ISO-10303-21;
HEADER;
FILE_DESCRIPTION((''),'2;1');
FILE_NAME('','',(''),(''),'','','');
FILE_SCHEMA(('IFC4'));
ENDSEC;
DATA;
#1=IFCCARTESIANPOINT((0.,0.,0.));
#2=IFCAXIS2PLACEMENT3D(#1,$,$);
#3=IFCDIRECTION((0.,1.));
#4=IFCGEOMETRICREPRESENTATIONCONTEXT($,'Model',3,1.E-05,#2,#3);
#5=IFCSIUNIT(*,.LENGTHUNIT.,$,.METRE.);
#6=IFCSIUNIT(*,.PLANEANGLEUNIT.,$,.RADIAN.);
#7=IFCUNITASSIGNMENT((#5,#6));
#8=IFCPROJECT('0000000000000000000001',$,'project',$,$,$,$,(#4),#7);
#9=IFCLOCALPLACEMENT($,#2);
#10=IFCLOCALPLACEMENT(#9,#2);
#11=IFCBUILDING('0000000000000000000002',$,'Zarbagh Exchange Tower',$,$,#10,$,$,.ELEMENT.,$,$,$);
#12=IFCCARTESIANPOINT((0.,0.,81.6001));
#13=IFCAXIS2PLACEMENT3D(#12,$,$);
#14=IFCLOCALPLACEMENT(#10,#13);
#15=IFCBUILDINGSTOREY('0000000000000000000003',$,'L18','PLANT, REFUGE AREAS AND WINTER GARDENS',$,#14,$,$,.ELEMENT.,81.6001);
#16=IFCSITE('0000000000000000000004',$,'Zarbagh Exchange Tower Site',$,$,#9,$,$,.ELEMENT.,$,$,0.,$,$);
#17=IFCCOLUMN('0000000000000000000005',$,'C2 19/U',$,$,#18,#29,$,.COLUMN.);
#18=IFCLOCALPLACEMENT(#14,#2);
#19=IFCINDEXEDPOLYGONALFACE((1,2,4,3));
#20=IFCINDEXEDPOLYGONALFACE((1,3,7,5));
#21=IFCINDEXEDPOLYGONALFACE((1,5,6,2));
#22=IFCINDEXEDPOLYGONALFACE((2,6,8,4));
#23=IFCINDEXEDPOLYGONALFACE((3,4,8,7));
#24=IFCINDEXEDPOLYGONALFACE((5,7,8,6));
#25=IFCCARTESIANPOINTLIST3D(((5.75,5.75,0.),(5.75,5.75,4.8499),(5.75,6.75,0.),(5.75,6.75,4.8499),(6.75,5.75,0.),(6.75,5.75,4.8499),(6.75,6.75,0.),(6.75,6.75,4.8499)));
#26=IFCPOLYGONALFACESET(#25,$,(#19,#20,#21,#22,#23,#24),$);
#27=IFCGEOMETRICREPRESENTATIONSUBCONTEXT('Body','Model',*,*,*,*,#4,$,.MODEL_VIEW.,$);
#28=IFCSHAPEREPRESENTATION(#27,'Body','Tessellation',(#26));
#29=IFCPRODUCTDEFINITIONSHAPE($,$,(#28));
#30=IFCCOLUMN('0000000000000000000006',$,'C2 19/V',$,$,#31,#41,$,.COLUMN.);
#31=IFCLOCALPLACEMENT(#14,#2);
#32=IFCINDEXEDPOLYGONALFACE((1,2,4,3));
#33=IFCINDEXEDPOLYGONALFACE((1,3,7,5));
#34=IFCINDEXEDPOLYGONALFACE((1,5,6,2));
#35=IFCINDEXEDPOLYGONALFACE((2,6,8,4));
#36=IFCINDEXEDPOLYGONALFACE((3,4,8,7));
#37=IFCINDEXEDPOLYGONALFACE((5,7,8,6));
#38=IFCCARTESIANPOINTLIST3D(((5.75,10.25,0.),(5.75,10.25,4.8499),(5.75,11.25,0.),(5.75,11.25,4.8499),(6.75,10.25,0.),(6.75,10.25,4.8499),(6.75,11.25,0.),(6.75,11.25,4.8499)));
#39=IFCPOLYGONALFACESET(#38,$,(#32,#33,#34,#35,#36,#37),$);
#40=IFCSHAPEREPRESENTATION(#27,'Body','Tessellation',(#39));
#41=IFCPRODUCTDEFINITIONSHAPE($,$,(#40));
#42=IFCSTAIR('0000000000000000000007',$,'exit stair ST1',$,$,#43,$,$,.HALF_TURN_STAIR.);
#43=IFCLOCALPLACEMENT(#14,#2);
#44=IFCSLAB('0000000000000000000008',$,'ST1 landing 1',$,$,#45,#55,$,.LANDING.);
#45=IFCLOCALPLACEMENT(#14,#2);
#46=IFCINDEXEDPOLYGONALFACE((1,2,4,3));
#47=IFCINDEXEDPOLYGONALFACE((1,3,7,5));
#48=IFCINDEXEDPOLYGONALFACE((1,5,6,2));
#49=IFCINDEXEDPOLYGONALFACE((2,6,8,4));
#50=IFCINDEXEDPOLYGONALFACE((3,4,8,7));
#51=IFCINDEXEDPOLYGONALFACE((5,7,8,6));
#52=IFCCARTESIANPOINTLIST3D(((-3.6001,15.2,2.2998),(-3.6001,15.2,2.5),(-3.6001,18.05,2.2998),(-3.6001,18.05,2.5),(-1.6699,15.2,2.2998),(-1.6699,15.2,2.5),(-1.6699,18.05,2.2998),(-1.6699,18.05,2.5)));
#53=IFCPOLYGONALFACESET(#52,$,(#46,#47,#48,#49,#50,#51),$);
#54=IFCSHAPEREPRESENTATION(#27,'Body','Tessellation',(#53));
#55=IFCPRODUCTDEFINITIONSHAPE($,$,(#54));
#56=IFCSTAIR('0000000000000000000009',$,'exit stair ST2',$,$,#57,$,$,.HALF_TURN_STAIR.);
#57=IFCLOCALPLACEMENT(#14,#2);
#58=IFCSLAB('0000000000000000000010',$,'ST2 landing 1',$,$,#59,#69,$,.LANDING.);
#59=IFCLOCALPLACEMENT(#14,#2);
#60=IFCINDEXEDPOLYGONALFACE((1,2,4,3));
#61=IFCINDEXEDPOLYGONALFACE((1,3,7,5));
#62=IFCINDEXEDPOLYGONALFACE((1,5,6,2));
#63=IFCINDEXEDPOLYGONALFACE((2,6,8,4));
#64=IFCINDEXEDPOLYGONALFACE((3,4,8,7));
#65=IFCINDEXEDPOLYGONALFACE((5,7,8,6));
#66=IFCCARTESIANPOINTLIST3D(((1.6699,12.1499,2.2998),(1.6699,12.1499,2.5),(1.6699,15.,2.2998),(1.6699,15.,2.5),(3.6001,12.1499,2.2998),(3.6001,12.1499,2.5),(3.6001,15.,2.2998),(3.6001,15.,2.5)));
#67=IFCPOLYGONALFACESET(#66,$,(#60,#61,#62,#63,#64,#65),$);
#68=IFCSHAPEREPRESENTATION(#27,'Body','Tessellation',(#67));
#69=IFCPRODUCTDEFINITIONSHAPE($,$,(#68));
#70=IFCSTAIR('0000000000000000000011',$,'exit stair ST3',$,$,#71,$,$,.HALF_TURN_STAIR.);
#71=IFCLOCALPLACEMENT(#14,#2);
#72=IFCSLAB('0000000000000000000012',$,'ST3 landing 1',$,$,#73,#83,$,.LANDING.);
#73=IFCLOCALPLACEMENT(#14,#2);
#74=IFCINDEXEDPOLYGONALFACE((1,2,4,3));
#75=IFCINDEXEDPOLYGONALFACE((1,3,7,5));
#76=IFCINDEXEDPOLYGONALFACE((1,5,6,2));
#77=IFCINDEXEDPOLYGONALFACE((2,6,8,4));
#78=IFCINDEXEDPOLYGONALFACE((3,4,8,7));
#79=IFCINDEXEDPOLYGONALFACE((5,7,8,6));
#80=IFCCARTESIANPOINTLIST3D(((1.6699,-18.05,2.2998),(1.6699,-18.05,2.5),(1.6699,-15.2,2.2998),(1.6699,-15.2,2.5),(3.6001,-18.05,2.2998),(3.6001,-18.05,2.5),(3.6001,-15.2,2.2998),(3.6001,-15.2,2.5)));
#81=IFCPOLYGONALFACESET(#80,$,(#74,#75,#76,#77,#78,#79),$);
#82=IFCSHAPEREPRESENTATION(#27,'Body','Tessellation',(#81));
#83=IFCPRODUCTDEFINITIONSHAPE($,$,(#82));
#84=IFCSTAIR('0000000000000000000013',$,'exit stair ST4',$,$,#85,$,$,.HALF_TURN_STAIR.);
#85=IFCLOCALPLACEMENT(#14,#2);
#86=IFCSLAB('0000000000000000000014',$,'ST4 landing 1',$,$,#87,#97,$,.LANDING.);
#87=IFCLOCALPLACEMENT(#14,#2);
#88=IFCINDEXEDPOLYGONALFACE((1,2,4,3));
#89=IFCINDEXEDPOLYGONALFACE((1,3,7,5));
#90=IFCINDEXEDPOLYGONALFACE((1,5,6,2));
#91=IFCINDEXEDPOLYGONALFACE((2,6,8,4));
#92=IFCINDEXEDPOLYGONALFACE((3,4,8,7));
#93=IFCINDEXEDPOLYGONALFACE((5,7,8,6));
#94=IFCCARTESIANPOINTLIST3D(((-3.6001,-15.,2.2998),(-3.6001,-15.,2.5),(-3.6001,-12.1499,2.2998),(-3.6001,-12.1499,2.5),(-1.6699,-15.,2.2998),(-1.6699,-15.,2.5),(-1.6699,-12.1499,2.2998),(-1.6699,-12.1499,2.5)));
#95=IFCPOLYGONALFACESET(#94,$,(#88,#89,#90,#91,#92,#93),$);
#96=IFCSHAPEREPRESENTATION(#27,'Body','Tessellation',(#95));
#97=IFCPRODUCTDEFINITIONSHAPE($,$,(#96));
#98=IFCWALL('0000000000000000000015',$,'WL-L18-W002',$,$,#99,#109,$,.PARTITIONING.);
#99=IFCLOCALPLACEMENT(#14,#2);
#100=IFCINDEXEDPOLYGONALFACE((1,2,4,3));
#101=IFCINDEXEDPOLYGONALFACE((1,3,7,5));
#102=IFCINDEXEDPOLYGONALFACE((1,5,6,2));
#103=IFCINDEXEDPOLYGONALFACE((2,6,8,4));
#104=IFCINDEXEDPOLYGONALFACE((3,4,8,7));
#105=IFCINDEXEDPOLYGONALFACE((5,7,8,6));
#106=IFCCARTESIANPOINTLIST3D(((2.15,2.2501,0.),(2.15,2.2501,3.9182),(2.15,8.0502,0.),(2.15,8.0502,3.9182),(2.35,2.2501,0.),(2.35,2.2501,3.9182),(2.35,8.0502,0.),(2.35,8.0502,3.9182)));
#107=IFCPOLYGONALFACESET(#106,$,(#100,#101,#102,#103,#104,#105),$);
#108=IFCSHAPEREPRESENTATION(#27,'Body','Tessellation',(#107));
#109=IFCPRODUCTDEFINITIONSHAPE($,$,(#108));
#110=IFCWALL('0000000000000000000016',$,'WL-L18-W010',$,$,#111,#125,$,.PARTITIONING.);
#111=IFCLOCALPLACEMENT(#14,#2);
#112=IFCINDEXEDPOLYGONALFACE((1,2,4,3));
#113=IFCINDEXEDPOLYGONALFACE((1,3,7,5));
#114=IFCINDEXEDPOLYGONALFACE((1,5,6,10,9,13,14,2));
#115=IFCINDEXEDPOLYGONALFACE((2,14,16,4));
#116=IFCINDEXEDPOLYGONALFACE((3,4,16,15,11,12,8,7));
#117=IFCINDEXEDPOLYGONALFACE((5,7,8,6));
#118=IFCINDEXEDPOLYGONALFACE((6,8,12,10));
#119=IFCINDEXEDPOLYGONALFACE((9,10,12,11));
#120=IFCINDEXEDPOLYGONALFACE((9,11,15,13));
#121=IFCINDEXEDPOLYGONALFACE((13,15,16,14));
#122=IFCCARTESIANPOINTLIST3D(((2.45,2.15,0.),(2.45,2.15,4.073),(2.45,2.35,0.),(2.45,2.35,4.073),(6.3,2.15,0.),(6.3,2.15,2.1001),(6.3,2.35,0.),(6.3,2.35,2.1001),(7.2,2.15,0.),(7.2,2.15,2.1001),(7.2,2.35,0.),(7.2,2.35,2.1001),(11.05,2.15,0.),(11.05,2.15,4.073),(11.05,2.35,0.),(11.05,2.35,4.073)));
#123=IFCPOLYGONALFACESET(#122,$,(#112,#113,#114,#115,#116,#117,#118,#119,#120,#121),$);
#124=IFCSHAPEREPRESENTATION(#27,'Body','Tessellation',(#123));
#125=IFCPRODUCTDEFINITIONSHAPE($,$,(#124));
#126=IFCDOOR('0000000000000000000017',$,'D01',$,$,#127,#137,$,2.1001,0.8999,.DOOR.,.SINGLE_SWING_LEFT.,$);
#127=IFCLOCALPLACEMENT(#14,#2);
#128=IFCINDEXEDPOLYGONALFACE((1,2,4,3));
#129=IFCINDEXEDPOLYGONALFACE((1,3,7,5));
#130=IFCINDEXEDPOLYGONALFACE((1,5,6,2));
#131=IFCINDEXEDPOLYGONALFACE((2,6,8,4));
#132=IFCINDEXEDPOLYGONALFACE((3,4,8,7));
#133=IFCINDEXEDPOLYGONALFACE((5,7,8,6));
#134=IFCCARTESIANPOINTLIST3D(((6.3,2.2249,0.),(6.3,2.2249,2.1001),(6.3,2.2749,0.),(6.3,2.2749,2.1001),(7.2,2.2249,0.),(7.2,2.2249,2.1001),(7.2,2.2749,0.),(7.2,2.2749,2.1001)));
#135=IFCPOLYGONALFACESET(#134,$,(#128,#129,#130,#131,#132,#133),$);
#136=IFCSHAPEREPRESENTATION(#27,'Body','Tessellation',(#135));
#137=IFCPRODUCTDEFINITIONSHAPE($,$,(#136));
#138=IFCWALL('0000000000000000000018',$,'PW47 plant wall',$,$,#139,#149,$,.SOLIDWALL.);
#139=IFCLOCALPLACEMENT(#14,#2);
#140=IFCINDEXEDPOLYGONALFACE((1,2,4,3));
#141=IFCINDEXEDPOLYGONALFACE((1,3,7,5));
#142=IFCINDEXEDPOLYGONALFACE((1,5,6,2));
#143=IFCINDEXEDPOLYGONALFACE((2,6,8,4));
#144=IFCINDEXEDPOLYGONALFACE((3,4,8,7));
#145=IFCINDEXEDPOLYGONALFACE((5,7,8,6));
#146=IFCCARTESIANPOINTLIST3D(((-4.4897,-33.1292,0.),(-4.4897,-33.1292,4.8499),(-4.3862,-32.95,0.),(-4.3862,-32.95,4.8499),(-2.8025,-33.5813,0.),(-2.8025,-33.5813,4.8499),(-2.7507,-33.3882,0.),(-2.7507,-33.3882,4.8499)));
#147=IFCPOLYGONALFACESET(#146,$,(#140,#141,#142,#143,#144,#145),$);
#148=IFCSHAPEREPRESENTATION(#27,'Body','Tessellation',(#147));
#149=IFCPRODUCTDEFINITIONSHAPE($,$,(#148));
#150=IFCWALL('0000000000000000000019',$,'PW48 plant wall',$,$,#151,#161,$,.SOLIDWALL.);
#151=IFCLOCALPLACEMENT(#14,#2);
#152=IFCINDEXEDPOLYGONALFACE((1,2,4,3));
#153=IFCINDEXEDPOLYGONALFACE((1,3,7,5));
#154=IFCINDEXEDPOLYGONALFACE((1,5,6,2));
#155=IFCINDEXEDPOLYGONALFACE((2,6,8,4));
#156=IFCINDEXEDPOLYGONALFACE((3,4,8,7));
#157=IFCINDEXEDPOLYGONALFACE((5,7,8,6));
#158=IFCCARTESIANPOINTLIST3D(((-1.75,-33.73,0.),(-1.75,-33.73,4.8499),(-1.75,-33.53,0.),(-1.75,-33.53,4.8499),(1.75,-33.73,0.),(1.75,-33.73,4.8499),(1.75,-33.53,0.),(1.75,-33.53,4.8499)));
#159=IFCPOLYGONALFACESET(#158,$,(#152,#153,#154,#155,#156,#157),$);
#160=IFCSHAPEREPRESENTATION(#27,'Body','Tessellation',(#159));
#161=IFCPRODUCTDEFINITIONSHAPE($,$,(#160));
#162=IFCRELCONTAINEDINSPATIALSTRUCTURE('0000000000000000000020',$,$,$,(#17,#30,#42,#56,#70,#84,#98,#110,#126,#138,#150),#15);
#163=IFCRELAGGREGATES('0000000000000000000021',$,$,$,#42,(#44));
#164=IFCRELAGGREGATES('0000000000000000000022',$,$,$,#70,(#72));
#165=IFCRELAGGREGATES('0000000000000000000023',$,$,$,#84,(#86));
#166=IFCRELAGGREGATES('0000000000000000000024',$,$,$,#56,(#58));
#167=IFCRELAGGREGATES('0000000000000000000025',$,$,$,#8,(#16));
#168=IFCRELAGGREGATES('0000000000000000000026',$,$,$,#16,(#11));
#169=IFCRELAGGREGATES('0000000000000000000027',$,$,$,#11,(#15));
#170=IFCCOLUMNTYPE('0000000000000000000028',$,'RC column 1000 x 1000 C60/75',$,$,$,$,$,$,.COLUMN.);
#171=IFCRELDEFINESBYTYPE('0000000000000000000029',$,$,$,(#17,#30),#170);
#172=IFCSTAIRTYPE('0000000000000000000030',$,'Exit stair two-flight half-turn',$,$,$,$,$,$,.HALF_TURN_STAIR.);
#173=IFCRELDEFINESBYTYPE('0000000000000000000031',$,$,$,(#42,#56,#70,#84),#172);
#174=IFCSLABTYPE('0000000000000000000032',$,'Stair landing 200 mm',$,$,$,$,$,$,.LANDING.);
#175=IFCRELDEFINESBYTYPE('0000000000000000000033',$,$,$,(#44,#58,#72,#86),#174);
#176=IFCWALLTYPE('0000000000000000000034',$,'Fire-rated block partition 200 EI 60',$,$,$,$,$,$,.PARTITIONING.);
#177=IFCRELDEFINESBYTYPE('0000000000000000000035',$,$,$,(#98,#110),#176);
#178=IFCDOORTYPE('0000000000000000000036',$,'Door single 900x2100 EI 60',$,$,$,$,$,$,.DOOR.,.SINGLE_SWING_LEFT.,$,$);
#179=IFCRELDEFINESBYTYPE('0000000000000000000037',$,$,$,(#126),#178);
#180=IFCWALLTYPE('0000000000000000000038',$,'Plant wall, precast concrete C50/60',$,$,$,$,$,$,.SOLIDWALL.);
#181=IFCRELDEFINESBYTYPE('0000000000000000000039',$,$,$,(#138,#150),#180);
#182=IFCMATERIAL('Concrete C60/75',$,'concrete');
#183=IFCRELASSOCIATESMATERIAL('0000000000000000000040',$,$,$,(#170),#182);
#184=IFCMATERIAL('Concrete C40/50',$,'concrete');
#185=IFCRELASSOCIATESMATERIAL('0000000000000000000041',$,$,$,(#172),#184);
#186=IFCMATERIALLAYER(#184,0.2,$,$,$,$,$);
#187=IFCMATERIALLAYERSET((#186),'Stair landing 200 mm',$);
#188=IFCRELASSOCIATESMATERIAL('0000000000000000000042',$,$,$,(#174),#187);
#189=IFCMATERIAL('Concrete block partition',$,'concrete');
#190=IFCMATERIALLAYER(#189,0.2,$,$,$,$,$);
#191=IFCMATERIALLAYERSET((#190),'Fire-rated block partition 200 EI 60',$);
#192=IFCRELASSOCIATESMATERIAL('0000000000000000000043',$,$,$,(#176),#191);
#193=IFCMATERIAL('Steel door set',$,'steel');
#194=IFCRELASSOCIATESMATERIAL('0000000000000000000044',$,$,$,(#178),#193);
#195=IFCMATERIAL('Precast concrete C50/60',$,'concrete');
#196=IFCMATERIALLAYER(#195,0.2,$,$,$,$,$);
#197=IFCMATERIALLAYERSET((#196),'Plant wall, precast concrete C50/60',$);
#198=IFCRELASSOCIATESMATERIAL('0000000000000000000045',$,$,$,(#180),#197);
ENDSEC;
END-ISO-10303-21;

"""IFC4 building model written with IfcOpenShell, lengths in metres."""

from ifc_helpers import new_model, si_unit, direction, frame, frame_2d, origin, origin_2d, place, context, subcontext, project, spatial, polyline, rectangle, outline, extrude, material, layer, layer_set, material_profile, profile_set, type_object, element, fill, aggregate, save


model = new_model("IFC4")

# Units and contexts
model_context = context("Model", 3, precision=1e-05, world=origin(), true_north=direction((0.0, 1.0)))
body_context = subcontext(model_context, "Body", "Model", "MODEL_VIEW")
ifc_project = project(units=[si_unit("LENGTHUNIT", "METRE"), si_unit("PLANEANGLEUNIT", "RADIAN")], contexts=[model_context])

# Site, building, storey
site_placement = place(None, origin())
site = spatial("IfcSite", under=ifc_project, at=site_placement, Name="Zarbagh Exchange Tower Site", CompositionType="ELEMENT", RefElevation=0.0)
building_placement = place(site_placement, origin())
building = spatial("IfcBuilding", under=site, at=building_placement, Name="Zarbagh Exchange Tower", CompositionType="ELEMENT")
storey_placement = place(building_placement, frame((0.0, 0.0, 81.6001)))
storey = spatial("IfcBuildingStorey", under=building, at=storey_placement, Name="L18", Description="PLANT, REFUGE AREAS AND WINTER GARDENS", CompositionType="ELEMENT", Elevation=81.6001)

# Columns
ifc_material_1 = material(Name="Concrete C60/75", Category="concrete")
ifc_material_profile = material_profile(ifc_material_1, rectangle(XDim=1.0, YDim=1.0, at=origin_2d()), Name="RC column 1000 x 1000 C60/75")
ifc_profile_set = profile_set([ifc_material_profile], Name="Concrete C60/75")
column_type = type_object("IfcColumnType", Name="RC column 1000 x 1000 C60/75", PredefinedType="COLUMN", material=ifc_profile_set)
for number, where, z_axis, x_axis, name in (
    (1, (6.25, 6.25, 0.0), (0.0, 0.0, 1.0), (1.0, 0.0, 0.0), "C2 19/U"),
    (2, (6.25, 10.75, 0.0), (0.0, 0.0, 1.0), (1.0, 0.0, 0.0), "C2 19/V"),
):
    element("IfcColumn", number, at=place(storey_placement, frame(where, z_axis=z_axis, x_axis=x_axis)), inside=storey, type_object=column_type, Name=name, PredefinedType="COLUMN", context=body_context, shape_type="SweptSolid", body=[
        extrude(rectangle(XDim=1.0, YDim=1.0, at=origin_2d()), origin(), (0.0, 0.0, 1.0), 4.8499),
    ])

# Stairs, slabs
ifc_material_2 = material(Name="Concrete C40/50", Category="concrete")
stair_type = type_object("IfcStairType", Name="Exit stair two-flight half-turn", PredefinedType="HALF_TURN_STAIR", material=ifc_material_2)
stair_1_placement = place(storey_placement, origin())
stair_1 = element("IfcStair", 3, at=stair_1_placement, inside=storey, type_object=stair_type, Name="exit stair ST1", PredefinedType="HALF_TURN_STAIR")
ifc_layer_1 = layer(ifc_material_2, 0.2)
ifc_layer_set_1 = layer_set([ifc_layer_1], Name="Stair landing 200 mm")
slab_type = type_object("IfcSlabType", Name="Stair landing 200 mm", PredefinedType="LANDING", material=ifc_layer_set_1)
slab_1_placement = place(storey_placement, frame((0.0, 0.0, 2.2998)))
slab_1 = element("IfcSlab", 4, at=slab_1_placement, type_object=slab_type, Name="ST1 landing 1", PredefinedType="LANDING", context=body_context, shape_type="SweptSolid", body=[
    extrude(outline(polyline([(-1.6699, 18.05), (-3.6001, 18.05), (-3.6001, 15.2), (-1.6699, 15.2), (-1.6699, 18.05)])), origin(), (0.0, 0.0, 1.0), 0.2002),
])
aggregate(stair_1, [slab_1])
stair_2_placement = place(storey_placement, origin())
stair_2 = element("IfcStair", 5, at=stair_2_placement, inside=storey, type_object=stair_type, Name="exit stair ST2", PredefinedType="HALF_TURN_STAIR")
slab_2_placement = place(storey_placement, frame((0.0, 0.0, 2.2998)))
slab_2 = element("IfcSlab", 6, at=slab_2_placement, type_object=slab_type, Name="ST2 landing 1", PredefinedType="LANDING", context=body_context, shape_type="SweptSolid", body=[
    extrude(outline(polyline([(1.6699, 12.1499), (3.6001, 12.1499), (3.6001, 15.0), (1.6699, 15.0), (1.6699, 12.1499)])), origin(), (0.0, 0.0, 1.0), 0.2002),
])
stair_3_placement = place(storey_placement, origin())
stair_3 = element("IfcStair", 7, at=stair_3_placement, inside=storey, type_object=stair_type, Name="exit stair ST3", PredefinedType="HALF_TURN_STAIR")
slab_3_placement = place(storey_placement, frame((0.0, 0.0, 2.2998)))
slab_3 = element("IfcSlab", 8, at=slab_3_placement, type_object=slab_type, Name="ST3 landing 1", PredefinedType="LANDING", context=body_context, shape_type="SweptSolid", body=[
    extrude(outline(polyline([(1.6699, -18.05), (3.6001, -18.05), (3.6001, -15.2), (1.6699, -15.2), (1.6699, -18.05)])), origin(), (0.0, 0.0, 1.0), 0.2002),
])
aggregate(stair_3, [slab_3])
stair_4_placement = place(storey_placement, origin())
stair_4 = element("IfcStair", 9, at=stair_4_placement, inside=storey, type_object=stair_type, Name="exit stair ST4", PredefinedType="HALF_TURN_STAIR")
slab_4_placement = place(storey_placement, frame((0.0, 0.0, 2.2998)))
slab_4 = element("IfcSlab", 10, at=slab_4_placement, type_object=slab_type, Name="ST4 landing 1", PredefinedType="LANDING", context=body_context, shape_type="SweptSolid", body=[
    extrude(outline(polyline([(-1.6699, -12.1499), (-3.6001, -12.1499), (-3.6001, -15.0), (-1.6699, -15.0), (-1.6699, -12.1499)])), origin(), (0.0, 0.0, 1.0), 0.2002),
])
aggregate(stair_4, [slab_4])

# Wall
ifc_material_3 = material(Name="Concrete block partition", Category="concrete")
ifc_layer_2 = layer(ifc_material_3, 0.2)
ifc_layer_set_2 = layer_set([ifc_layer_2], Name="Fire-rated block partition 200 EI 60")
wall_type_1 = type_object("IfcWallType", Name="Fire-rated block partition 200 EI 60", PredefinedType="PARTITIONING", material=ifc_layer_set_2)
wall_1_placement = place(storey_placement, frame((2.25, 8.05, 0.0), z_axis=(0.0, 0.0, 1.0), x_axis=(0.0, -1.0, 0.0)))
element("IfcWall", 11, at=wall_1_placement, inside=storey, type_object=wall_type_1, Name="WL-L18-W002", PredefinedType="PARTITIONING", context=body_context, shape_type="SweptSolid", body=[
    extrude(rectangle(XDim=5.8, YDim=0.2, at=frame_2d((2.8999, 0.0))), origin(), (0.0, 0.0, 1.0), 3.9182),
])

# Wall, opening, door
wall_2_placement = place(storey_placement, frame((2.45, 2.25, 0.0), z_axis=(0.0, 0.0, 1.0), x_axis=(1.0, 0.0, 0.0)))
wall_2 = element("IfcWall", 12, at=wall_2_placement, inside=storey, type_object=wall_type_1, Name="WL-L18-W010", PredefinedType="PARTITIONING", context=body_context, shape_type="SweptSolid", body=[
    extrude(rectangle(XDim=8.6001, YDim=0.2, at=frame_2d((4.3, 0.0))), origin(), (0.0, 0.0, 1.0), 4.073),
])
opening_1_placement = place(wall_2_placement, frame((3.8501, 0.0, 0.0)))
opening_1 = element("IfcOpeningElement", 13, at=opening_1_placement, cuts=wall_2, PredefinedType="OPENING", context=body_context, shape_type="SweptSolid", body=[
    extrude(rectangle(XDim=0.8999, YDim=2.1001, at=frame_2d((0.45, 1.05))), frame((0.0, 0.1099, 0.0), z_axis=(0.0, -1.0, 0.0), x_axis=(1.0, 0.0, 0.0)), (0.0, 0.0, 1.0), 0.22),
])
ifc_material_4 = material(Name="Steel door set", Category="steel")
door_type_1 = type_object("IfcDoorType", Name="Door single 900x2100 EI 60", OperationType="SINGLE_SWING_LEFT", PredefinedType="DOOR", material=ifc_material_4)
door_1_placement = place(opening_1_placement, origin())
door_1 = element("IfcDoor", 14, at=door_1_placement, inside=storey, type_object=door_type_1, Name="D01", OperationType="SINGLE_SWING_LEFT", OverallHeight=2.1001, OverallWidth=0.8999, PredefinedType="DOOR", context=body_context, shape_type="SweptSolid", body=[
    extrude(rectangle(XDim=0.8999, YDim=2.1001, at=frame_2d((0.45, 1.05))), frame((0.0, 0.0249, 0.0), z_axis=(0.0, -1.0, 0.0), x_axis=(1.0, 0.0, 0.0)), (0.0, 0.0, 1.0), 0.05),
])
fill(opening_1, door_1)

# Walls
ifc_material_5 = material(Name="Precast concrete C50/60", Category="concrete")
ifc_layer_3 = layer(ifc_material_5, 0.2)
ifc_layer_set_3 = layer_set([ifc_layer_3], Name="Plant wall, precast concrete C50/60")
wall_type_2 = type_object("IfcWallType", Name="Plant wall, precast concrete C50/60", PredefinedType="SOLIDWALL", material=ifc_layer_set_3)
wall_3_placement = place(storey_placement, origin())
element("IfcWall", 15, at=wall_3_placement, inside=storey, type_object=wall_type_2, Name="PW47 plant wall", PredefinedType="SOLIDWALL", context=body_context, shape_type="SweptSolid", body=[
    extrude(outline(polyline([(-4.4897, -33.1292), (-2.8025, -33.5813), (-2.7507, -33.3882), (-4.3862, -32.95), (-4.4897, -33.1292)])), origin(), (0.0, 0.0, 1.0), 4.8499),
])
wall_4_placement = place(storey_placement, origin())
element("IfcWall", 16, at=wall_4_placement, inside=storey, type_object=wall_type_2, Name="PW48 plant wall", PredefinedType="SOLIDWALL", context=body_context, shape_type="SweptSolid", body=[
    extrude(outline(polyline([(-1.75, -33.73), (1.75, -33.73), (1.75, -33.53), (-1.75, -33.53), (-1.75, -33.73)])), origin(), (0.0, 0.0, 1.0), 4.8499),
])

aggregate(stair_2, [slab_2])

save(model, "model.ifc")
